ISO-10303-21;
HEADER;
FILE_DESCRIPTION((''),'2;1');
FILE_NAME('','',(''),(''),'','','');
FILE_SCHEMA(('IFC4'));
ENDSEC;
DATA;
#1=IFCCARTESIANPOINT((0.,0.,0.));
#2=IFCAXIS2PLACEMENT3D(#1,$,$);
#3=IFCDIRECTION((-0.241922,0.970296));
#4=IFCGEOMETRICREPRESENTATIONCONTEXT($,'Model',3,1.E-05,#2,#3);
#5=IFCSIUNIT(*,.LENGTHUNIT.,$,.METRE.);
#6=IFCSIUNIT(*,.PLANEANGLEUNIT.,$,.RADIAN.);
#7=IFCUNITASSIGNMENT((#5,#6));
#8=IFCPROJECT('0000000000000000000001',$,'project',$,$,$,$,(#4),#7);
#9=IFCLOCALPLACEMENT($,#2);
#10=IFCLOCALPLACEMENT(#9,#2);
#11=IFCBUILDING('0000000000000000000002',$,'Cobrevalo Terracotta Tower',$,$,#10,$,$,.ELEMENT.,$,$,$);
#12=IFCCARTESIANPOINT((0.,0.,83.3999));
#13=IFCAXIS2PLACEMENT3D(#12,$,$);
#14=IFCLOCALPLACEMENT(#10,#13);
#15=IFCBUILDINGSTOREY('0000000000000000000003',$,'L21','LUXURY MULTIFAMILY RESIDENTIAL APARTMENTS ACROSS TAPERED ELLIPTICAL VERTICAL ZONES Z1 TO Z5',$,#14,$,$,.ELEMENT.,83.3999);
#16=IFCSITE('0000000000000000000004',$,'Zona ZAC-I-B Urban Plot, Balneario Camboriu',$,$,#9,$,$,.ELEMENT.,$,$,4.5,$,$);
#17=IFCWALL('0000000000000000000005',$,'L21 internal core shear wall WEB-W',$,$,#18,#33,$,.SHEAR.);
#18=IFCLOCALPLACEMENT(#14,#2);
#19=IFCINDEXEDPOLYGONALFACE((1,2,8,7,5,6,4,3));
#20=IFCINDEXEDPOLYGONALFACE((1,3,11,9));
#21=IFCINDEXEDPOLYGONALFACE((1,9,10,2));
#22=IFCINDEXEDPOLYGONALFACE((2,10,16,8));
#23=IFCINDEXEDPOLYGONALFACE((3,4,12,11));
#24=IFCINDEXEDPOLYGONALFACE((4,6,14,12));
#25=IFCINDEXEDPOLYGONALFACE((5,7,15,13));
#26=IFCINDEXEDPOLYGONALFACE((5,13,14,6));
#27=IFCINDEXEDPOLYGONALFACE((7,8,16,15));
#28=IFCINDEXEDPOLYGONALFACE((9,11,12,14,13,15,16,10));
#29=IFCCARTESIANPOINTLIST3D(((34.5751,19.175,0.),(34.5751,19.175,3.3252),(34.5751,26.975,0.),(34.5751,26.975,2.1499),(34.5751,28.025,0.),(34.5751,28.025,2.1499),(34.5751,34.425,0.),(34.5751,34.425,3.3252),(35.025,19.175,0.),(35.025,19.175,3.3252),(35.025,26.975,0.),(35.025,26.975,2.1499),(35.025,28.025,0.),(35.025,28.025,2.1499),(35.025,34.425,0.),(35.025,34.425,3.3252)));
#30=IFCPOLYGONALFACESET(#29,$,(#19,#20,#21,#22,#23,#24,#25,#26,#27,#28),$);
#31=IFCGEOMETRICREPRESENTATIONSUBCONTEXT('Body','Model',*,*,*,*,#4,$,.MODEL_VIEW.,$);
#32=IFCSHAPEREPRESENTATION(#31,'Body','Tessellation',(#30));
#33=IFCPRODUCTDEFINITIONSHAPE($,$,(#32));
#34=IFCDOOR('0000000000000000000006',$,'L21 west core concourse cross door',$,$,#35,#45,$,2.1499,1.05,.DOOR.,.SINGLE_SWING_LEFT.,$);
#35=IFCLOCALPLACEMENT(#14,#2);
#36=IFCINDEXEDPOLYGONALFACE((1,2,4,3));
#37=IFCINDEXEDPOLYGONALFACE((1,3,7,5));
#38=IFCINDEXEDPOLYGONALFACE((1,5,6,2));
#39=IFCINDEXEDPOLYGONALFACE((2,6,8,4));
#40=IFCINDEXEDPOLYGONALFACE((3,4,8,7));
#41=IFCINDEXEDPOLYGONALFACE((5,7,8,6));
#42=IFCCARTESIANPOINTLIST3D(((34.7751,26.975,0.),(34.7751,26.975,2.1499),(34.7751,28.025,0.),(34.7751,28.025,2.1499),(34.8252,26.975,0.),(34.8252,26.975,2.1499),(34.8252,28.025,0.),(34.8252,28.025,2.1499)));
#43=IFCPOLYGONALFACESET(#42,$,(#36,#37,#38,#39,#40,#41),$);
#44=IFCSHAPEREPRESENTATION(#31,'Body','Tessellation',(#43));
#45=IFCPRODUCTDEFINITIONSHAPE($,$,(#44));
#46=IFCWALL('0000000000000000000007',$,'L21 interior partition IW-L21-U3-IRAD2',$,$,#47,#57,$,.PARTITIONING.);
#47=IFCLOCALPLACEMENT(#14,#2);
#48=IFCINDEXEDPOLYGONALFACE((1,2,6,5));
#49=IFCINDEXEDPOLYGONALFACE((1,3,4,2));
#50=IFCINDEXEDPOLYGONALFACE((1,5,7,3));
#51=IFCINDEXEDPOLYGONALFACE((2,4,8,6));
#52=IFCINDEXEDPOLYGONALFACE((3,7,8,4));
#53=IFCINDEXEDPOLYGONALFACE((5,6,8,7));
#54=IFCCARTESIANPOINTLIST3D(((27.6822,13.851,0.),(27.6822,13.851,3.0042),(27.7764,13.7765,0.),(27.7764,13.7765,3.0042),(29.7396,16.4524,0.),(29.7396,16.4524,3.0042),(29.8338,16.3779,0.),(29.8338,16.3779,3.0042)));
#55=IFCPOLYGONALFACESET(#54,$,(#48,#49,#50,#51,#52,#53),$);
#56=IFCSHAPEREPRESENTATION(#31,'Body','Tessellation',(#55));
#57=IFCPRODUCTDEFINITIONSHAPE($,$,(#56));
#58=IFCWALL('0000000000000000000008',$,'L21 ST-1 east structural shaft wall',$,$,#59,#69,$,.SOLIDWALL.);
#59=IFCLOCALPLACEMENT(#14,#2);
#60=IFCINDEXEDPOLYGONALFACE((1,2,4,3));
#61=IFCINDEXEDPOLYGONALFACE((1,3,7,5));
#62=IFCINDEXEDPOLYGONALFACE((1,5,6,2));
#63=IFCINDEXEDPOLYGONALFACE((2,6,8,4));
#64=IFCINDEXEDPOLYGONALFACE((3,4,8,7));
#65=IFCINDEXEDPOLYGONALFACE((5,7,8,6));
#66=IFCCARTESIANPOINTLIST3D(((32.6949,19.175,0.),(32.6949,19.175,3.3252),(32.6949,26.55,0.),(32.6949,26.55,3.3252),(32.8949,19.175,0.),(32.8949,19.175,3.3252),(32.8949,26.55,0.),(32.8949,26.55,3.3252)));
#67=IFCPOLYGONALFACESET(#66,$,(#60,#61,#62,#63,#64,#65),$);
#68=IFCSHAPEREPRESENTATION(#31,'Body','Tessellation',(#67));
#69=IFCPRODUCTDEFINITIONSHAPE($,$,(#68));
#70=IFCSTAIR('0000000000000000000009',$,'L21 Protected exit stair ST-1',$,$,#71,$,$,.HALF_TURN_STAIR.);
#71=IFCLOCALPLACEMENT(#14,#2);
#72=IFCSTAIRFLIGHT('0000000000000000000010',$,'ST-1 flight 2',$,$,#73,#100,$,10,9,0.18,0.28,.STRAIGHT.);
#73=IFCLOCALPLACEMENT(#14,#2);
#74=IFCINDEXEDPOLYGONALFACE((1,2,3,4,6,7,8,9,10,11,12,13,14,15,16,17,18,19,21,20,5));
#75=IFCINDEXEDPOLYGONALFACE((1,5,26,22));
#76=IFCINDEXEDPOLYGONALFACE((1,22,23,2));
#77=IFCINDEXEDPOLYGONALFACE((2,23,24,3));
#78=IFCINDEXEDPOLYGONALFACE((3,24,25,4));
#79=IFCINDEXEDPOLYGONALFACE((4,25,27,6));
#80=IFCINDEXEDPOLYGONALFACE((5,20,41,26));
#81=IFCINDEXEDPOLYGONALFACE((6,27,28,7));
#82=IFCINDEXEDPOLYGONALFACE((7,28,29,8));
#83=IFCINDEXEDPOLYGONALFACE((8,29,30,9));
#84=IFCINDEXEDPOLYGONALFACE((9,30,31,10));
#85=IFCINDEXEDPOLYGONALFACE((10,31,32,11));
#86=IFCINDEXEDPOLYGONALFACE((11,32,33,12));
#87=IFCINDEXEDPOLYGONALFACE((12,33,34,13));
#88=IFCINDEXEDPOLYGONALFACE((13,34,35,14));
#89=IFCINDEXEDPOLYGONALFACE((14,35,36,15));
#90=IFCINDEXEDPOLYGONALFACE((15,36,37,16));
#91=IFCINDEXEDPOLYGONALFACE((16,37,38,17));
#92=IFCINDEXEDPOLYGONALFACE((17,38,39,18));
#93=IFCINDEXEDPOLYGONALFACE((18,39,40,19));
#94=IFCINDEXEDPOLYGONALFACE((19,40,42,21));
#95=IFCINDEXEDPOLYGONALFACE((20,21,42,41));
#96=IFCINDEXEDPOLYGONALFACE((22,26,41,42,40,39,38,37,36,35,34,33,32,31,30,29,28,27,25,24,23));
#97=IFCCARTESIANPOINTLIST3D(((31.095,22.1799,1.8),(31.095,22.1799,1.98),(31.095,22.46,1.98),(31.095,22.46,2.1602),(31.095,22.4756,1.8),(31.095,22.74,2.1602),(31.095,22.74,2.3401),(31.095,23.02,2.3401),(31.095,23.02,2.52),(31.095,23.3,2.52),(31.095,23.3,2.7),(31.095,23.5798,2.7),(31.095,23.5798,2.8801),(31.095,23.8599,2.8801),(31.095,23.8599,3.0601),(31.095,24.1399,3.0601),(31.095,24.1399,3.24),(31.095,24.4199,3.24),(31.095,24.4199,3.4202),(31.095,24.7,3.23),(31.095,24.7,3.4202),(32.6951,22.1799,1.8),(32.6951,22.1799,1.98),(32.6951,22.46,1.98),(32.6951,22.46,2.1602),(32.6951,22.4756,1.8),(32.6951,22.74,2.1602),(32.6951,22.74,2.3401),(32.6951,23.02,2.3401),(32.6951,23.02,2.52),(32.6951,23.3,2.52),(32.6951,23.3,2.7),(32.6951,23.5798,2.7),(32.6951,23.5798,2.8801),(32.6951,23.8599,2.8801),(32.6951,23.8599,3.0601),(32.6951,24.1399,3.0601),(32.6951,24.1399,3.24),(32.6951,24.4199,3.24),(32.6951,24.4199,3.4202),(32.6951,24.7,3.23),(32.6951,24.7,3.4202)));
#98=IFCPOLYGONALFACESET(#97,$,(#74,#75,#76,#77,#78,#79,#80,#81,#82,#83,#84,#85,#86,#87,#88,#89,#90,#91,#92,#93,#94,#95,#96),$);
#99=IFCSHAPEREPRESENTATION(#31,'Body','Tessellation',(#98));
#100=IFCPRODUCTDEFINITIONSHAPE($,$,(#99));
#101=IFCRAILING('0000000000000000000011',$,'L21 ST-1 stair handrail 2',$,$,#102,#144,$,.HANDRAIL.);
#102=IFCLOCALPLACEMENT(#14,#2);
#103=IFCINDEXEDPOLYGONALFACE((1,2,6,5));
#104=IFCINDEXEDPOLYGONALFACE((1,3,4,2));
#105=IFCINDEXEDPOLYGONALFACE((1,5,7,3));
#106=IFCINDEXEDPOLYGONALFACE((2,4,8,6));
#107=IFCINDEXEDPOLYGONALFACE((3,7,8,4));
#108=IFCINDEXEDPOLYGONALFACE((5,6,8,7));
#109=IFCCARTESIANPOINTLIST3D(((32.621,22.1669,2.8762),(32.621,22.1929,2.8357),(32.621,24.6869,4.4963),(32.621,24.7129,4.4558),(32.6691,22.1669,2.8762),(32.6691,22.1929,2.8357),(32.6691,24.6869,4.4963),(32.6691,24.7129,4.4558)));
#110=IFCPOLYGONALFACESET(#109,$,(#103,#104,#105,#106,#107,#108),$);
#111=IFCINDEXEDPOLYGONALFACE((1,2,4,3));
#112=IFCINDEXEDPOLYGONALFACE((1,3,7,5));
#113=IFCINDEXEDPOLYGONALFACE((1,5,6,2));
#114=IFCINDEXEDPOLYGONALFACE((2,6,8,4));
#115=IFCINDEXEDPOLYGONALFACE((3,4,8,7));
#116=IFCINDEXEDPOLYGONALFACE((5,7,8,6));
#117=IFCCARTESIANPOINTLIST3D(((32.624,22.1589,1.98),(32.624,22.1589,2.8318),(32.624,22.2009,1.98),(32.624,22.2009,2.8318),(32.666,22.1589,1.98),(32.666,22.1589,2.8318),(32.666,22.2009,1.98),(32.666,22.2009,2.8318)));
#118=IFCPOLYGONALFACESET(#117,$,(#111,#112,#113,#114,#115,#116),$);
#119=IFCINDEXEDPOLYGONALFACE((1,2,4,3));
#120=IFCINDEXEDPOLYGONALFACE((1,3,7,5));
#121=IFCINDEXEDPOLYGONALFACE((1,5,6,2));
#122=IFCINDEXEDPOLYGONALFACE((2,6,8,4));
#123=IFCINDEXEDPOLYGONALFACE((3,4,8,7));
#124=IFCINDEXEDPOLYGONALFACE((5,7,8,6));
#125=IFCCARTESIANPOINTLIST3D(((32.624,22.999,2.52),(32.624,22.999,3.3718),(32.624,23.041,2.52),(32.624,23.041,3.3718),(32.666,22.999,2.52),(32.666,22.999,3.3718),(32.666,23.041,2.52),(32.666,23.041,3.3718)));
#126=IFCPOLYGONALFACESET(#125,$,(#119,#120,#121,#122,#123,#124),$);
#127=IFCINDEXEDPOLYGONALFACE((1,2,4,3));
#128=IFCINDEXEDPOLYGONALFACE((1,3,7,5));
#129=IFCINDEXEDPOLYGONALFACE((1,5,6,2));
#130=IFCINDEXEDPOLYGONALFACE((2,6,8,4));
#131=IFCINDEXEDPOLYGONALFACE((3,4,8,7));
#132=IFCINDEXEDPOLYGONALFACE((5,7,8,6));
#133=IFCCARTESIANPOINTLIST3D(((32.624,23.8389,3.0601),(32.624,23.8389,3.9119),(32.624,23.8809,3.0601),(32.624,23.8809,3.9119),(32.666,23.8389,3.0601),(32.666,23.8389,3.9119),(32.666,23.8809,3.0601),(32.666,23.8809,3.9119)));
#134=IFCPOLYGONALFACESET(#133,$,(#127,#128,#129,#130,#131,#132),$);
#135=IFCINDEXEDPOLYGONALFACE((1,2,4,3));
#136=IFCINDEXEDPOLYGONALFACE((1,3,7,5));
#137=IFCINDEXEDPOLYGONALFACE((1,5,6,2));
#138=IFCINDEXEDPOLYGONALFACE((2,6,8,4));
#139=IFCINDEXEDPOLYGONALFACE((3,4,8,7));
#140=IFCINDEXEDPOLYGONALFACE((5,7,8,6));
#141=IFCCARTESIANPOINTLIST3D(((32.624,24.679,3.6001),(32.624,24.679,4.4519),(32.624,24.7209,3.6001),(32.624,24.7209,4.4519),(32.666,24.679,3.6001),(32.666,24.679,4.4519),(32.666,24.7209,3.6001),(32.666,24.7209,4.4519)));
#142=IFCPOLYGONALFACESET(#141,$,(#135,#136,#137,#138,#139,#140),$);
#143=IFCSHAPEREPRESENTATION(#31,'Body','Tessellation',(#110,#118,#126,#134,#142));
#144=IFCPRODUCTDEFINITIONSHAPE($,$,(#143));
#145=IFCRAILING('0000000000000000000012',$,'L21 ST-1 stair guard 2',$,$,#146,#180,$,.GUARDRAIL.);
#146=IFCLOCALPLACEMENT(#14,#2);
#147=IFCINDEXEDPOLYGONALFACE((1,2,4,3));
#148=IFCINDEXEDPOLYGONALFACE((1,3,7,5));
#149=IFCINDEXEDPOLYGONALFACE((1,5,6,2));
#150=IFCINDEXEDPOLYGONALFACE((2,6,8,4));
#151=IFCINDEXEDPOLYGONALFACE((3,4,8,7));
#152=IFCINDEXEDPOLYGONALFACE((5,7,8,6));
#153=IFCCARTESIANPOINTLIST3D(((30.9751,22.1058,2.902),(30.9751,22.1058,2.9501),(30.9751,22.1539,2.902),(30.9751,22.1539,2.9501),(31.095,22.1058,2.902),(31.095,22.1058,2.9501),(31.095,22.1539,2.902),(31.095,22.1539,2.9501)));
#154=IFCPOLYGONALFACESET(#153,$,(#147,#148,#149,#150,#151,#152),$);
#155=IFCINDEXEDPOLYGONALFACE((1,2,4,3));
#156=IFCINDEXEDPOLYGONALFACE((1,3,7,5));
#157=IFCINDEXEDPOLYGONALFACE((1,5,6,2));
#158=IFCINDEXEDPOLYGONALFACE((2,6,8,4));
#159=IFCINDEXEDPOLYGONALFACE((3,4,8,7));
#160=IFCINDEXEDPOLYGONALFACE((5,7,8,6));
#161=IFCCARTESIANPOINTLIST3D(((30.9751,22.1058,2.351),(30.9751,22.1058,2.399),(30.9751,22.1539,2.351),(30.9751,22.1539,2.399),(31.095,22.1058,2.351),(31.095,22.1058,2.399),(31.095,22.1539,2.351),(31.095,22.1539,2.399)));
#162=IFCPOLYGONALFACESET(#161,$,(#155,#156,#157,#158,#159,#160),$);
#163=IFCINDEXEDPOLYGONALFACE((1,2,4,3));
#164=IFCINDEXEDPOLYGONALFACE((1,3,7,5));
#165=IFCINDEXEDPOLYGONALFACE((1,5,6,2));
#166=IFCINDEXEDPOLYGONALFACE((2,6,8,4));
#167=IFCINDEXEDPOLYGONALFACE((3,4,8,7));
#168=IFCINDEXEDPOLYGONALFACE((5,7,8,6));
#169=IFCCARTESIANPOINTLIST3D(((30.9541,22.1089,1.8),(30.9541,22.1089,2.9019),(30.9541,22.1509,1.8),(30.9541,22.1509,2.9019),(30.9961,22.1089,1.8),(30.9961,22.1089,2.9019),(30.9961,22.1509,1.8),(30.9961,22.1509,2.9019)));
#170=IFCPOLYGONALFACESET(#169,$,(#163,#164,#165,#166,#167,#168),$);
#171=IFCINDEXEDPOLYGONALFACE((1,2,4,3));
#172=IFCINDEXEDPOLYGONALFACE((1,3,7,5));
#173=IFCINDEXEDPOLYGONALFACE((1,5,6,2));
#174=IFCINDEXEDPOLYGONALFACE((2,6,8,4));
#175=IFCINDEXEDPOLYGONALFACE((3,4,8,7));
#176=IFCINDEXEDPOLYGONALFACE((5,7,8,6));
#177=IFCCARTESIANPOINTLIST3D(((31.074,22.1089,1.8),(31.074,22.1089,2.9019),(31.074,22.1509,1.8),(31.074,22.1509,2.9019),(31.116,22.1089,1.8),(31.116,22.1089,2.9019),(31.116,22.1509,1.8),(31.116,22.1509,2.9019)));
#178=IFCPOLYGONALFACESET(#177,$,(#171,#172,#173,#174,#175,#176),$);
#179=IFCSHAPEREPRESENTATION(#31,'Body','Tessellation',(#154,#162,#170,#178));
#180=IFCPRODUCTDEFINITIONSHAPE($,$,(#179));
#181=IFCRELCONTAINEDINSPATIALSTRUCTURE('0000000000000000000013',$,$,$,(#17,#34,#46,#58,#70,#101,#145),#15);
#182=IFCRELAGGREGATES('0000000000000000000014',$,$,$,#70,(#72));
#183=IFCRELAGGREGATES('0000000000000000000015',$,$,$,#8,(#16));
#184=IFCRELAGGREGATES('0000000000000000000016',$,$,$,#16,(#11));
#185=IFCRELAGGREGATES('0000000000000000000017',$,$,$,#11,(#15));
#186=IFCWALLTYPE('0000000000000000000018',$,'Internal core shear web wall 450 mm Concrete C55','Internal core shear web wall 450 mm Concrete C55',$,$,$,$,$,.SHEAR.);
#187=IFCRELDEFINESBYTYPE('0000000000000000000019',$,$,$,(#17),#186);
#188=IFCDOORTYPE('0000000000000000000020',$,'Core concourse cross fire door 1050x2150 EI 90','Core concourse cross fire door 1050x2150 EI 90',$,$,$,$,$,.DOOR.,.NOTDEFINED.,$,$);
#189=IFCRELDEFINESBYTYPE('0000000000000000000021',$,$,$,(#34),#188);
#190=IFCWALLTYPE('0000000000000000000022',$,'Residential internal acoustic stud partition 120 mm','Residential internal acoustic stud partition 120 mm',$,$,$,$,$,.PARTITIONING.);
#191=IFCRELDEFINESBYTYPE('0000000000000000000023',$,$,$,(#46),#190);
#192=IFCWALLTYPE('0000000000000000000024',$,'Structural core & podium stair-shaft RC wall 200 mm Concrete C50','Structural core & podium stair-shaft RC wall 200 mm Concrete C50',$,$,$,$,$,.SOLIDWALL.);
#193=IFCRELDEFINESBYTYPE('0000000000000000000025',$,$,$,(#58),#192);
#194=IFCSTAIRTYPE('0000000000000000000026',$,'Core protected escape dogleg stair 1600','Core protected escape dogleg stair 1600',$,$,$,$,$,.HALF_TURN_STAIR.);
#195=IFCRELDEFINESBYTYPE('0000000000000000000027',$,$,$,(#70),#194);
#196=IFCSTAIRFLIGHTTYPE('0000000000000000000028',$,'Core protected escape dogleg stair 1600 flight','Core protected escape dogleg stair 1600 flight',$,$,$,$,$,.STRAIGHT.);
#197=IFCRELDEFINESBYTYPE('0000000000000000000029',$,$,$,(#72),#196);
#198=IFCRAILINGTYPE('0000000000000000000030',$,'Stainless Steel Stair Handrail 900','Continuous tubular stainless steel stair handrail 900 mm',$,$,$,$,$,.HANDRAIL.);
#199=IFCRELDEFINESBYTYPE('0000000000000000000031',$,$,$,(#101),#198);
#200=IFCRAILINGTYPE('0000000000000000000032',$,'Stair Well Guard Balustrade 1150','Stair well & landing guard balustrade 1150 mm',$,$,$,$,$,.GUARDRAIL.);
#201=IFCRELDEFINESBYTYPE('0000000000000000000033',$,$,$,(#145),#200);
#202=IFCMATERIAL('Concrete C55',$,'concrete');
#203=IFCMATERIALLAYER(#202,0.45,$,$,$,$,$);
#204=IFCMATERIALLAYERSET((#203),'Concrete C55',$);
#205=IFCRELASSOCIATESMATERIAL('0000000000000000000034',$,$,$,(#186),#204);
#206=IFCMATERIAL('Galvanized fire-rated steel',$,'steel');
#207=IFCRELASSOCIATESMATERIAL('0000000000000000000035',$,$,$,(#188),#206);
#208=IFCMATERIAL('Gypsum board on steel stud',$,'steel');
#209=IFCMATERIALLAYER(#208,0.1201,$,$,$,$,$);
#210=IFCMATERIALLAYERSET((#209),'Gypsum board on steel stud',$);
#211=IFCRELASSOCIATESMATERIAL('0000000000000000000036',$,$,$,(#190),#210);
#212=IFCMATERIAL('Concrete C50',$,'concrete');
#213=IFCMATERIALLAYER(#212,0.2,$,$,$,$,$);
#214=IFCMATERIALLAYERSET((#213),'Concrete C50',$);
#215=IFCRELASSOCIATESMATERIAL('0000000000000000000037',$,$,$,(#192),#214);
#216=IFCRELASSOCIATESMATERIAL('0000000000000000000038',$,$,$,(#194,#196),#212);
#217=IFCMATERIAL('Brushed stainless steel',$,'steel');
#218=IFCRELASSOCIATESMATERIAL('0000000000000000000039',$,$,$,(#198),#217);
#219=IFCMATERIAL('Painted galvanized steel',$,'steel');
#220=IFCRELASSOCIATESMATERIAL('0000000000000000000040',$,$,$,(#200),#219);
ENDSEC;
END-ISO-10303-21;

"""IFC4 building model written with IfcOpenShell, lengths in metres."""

from ifc_helpers import new_model, si_unit, direction, frame, frame_2d, origin, origin_2d, place, context, subcontext, project, spatial, polyline, rectangle, outline, extrude, source, transform, mapped, material, layer, layer_set, type_object, element, fill, aggregate, save


model = new_model("IFC4")

# Units and contexts
model_context = context("Model", 3, precision=1e-05, world=origin(), true_north=direction((-0.241922, 0.970296)))
body_context = subcontext(model_context, "Body", "Model", "MODEL_VIEW")
ifc_project = project(units=[si_unit("LENGTHUNIT", "METRE"), si_unit("PLANEANGLEUNIT", "RADIAN")], contexts=[model_context])

# Site, building, storey
site_placement = place(None, origin())
site = spatial("IfcSite", under=ifc_project, at=site_placement, Name="Zona ZAC-I-B Urban Plot, Balneario Camboriu", CompositionType="ELEMENT", RefElevation=4.5)
building_placement = place(site_placement, origin())
building = spatial("IfcBuilding", under=site, at=building_placement, Name="Cobrevalo Terracotta Tower", CompositionType="ELEMENT")
storey_placement = place(building_placement, frame((0.0, 0.0, 83.3999)))
storey = spatial("IfcBuildingStorey", under=building, at=storey_placement, Name="L21", Description="LUXURY MULTIFAMILY RESIDENTIAL APARTMENTS ACROSS TAPERED ELLIPTICAL VERTICAL ZONES Z1 TO Z5", CompositionType="ELEMENT", Elevation=83.3999)

# Shared definitions
ifc_material_1 = material(Name="Concrete C55", Category="concrete")

# Shared definitions
ifc_material_2 = material(Name="Galvanized fire-rated steel", Category="steel")

# Shared definitions
ifc_material_3 = material(Name="Gypsum board on steel stud", Category="steel")

# Wall, opening, door
ifc_layer_1 = layer(ifc_material_1, 0.45)
ifc_layer_set_1 = layer_set([ifc_layer_1], Name="Concrete C55")
wall_type_1 = type_object("IfcWallType", Name="Internal core shear web wall 450 mm Concrete C55", Description="Internal core shear web wall 450 mm Concrete C55", PredefinedType="SHEAR", material=ifc_layer_set_1)
wall_1_placement = place(storey_placement, frame((34.8, 19.175, 0.0), z_axis=(0.0, 0.0, 1.0), x_axis=(0.0, 1.0, 0.0)))
wall_1 = element("IfcWall", 1, at=wall_1_placement, inside=storey, type_object=wall_type_1, Name="L21 internal core shear wall WEB-W", PredefinedType="SHEAR", context=body_context, shape_type="SweptSolid", body=[
    extrude(rectangle(XDim=15.25, YDim=0.45, at=frame_2d((7.625, 0.0))), origin(), (0.0, 0.0, 1.0), 3.3252),
])
opening_1_placement = place(wall_1_placement, frame((7.8, 0.0, 0.0)))
opening_1 = element("IfcOpeningElement", 2, at=opening_1_placement, cuts=wall_1, PredefinedType="OPENING", context=body_context, shape_type="SweptSolid", body=[
    extrude(rectangle(XDim=1.05, YDim=2.1499, at=frame_2d((0.5249, 1.075))), frame((0.0, 0.2349, 0.0), z_axis=(0.0, -1.0, 0.0), x_axis=(1.0, 0.0, 0.0)), (0.0, 0.0, 1.0), 0.47),
])
door_type_1 = type_object("IfcDoorType", Name="Core concourse cross fire door 1050x2150 EI 90", Description="Core concourse cross fire door 1050x2150 EI 90", OperationType="NOTDEFINED", PredefinedType="DOOR", material=ifc_material_2)
shared_shape_1 = source(origin(), body_context, "Body", "SweptSolid", [
    extrude(rectangle(XDim=1.05, YDim=2.1499, at=frame_2d((0.5249, 1.075))), frame((0.0, 0.0249, 0.0), z_axis=(0.0, -1.0, 0.0), x_axis=(1.0, 0.0, 0.0)), (0.0, 0.0, 1.0), 0.05),
])
door_1_placement = place(opening_1_placement, origin())
door_1 = element("IfcDoor", 3, at=door_1_placement, inside=storey, type_object=door_type_1, Name="L21 west core concourse cross door", OperationType="SINGLE_SWING_LEFT", OverallHeight=2.1499, OverallWidth=1.05, PredefinedType="DOOR", context=body_context, shape_type="MappedRepresentation", body=[
    mapped(shared_shape_1, transform((0.0, 0.0, 0.0), scale=1.0)),
])
fill(opening_1, door_1)
ifc_layer_2 = layer(ifc_material_3, 0.1201)
ifc_layer_set_2 = layer_set([ifc_layer_2], Name="Gypsum board on steel stud")
wall_type_2 = type_object("IfcWallType", Name="Residential internal acoustic stud partition 120 mm", Description="Residential internal acoustic stud partition 120 mm", PredefinedType="PARTITIONING", material=ifc_layer_set_2)

# Wall
wall_2_placement = place(storey_placement, frame((29.7866, 16.415, 0.0), z_axis=(0.0, 0.0, 1.0), x_axis=(-0.620331, -0.78434, 0.0)))
element("IfcWall", 4, at=wall_2_placement, inside=storey, type_object=wall_type_2, Name="L21 interior partition IW-L21-U3-IRAD2", PredefinedType="PARTITIONING", context=body_context, shape_type="SweptSolid", body=[
    extrude(rectangle(XDim=3.3167, YDim=0.1201, at=frame_2d((1.6582, 0.0))), origin(), (0.0, 0.0, 1.0), 3.0042),
])

# Wall
ifc_material_4 = material(Name="Concrete C50", Category="concrete")
ifc_layer_3 = layer(ifc_material_4, 0.2)
ifc_layer_set_3 = layer_set([ifc_layer_3], Name="Concrete C50")
wall_type_3 = type_object("IfcWallType", Name="Structural core & podium stair-shaft RC wall 200 mm Concrete C50", Description="Structural core & podium stair-shaft RC wall 200 mm Concrete C50", PredefinedType="SOLIDWALL", material=ifc_layer_set_3)
wall_3_placement = place(storey_placement, frame((32.7949, 19.175, 0.0), z_axis=(0.0, 0.0, 1.0), x_axis=(0.0, 1.0, 0.0)))
element("IfcWall", 5, at=wall_3_placement, inside=storey, type_object=wall_type_3, Name="L21 ST-1 east structural shaft wall", PredefinedType="SOLIDWALL", context=body_context, shape_type="SweptSolid", body=[
    extrude(rectangle(XDim=7.375, YDim=0.2, at=frame_2d((3.6875, 0.0))), origin(), (0.0, 0.0, 1.0), 3.3252),
])

# Stair, stair flight
stair_type = type_object("IfcStairType", Name="Core protected escape dogleg stair 1600", Description="Core protected escape dogleg stair 1600", PredefinedType="HALF_TURN_STAIR", material=ifc_material_4)
stair_placement = place(storey_placement, origin())
stair = element("IfcStair", 6, at=stair_placement, inside=storey, type_object=stair_type, Name="L21 Protected exit stair ST-1", PredefinedType="HALF_TURN_STAIR")
stair_flight_type = type_object("IfcStairFlightType", Name="Core protected escape dogleg stair 1600 flight", Description="Core protected escape dogleg stair 1600 flight", PredefinedType="STRAIGHT", material=ifc_material_4)
stair_flight_placement = place(storey_placement, frame((31.895, 22.1799, 1.8), z_axis=(0.0, 0.0, 1.0), x_axis=(0.0, 1.0, 0.0)))
stair_flight = element("IfcStairFlight", 7, at=stair_flight_placement, type_object=stair_flight_type, Name="ST-1 flight 2", NumberOfRisers=10, NumberOfTreads=9, PredefinedType="STRAIGHT", RiserHeight=0.18, TreadLength=0.28, context=body_context, shape_type="SweptSolid", body=[
    extrude(outline(polyline([(0.0, 0.0), (0.0, 0.1799), (0.28, 0.1799), (0.28, 0.3601), (0.5601, 0.3601), (0.5601, 0.54), (0.8401, 0.54), (0.8401, 0.72), (1.1201, 0.72), (1.1201, 0.8999), (1.3999, 0.8999), (1.3999, 1.0801), (1.6799, 1.0801), (1.6799, 1.26), (1.96, 1.26), (1.96, 1.4399), (2.24, 1.4399), (2.24, 1.6201), (2.52, 1.6201), (2.52, 1.8), (2.52, 1.4299), (0.2957, 0.0), (0.0, 0.0)])), frame((0.0, 0.8, 0.0), z_axis=(0.0, -1.0, 0.0), x_axis=(1.0, 0.0, 0.0)), (0.0, 0.0, 1.0), 1.6001),
])
aggregate(stair, [stair_flight])

# Railings
ifc_material_5 = material(Name="Brushed stainless steel", Category="steel")
railing_type_1 = type_object("IfcRailingType", Name="Stainless Steel Stair Handrail 900", Description="Continuous tubular stainless steel stair handrail 900 mm", PredefinedType="HANDRAIL", material=ifc_material_5)
railing_1_placement = place(storey_placement, frame((32.645, 22.1799, 1.98)))
element("IfcRailing", 8, at=railing_1_placement, inside=storey, type_object=railing_type_1, Name="L21 ST-1 stair handrail 2", PredefinedType="HANDRAIL", context=body_context, shape_type="SweptSolid", body=[
    extrude(rectangle(XDim=0.0481, YDim=0.0481, at=origin_2d()), frame((0.0, 0.0, 0.876), z_axis=(0.0, 0.841163, 0.540782), x_axis=(-1.0, 0.0, 0.0)), (0.0, 0.0, 1.0), 2.9958),
    extrude(rectangle(XDim=0.042, YDim=0.042, at=origin_2d()), origin(), (0.0, 0.0, 1.0), 0.8518),
    extrude(rectangle(XDim=0.042, YDim=0.042, at=origin_2d()), frame((0.0, 0.8401, 0.54)), (0.0, 0.0, 1.0), 0.8518),
    extrude(rectangle(XDim=0.042, YDim=0.042, at=origin_2d()), frame((0.0, 1.6799, 1.0801)), (0.0, 0.0, 1.0), 0.8518),
    extrude(rectangle(XDim=0.042, YDim=0.042, at=origin_2d()), frame((0.0, 2.52, 1.6201)), (0.0, 0.0, 1.0), 0.8518),
])
ifc_material_6 = material(Name="Painted galvanized steel", Category="steel")
railing_type_2 = type_object("IfcRailingType", Name="Stair Well Guard Balustrade 1150", Description="Stair well & landing guard balustrade 1150 mm", PredefinedType="GUARDRAIL", material=ifc_material_6)
railing_2_placement = place(storey_placement, frame((30.9751, 22.1299, 1.8)))
element("IfcRailing", 9, at=railing_2_placement, inside=storey, type_object=railing_type_2, Name="L21 ST-1 stair guard 2", PredefinedType="GUARDRAIL", context=body_context, shape_type="SweptSolid", body=[
    extrude(rectangle(XDim=0.0481, YDim=0.0481, at=origin_2d()), frame((0.0, 0.0, 1.126), z_axis=(1.0, 0.0, 0.0), x_axis=(0.0, 1.0, 0.0)), (0.0, 0.0, 1.0), 0.1199),
    extrude(rectangle(XDim=0.0481, YDim=0.0481, at=origin_2d()), frame((0.0, 0.0, 0.575), z_axis=(1.0, 0.0, 0.0), x_axis=(0.0, 1.0, 0.0)), (0.0, 0.0, 1.0), 0.1199),
    extrude(rectangle(XDim=0.042, YDim=0.042, at=origin_2d()), origin(), (0.0, 0.0, 1.0), 1.1018),
    extrude(rectangle(XDim=0.042, YDim=0.042, at=origin_2d()), frame((0.1199, 0.0, 0.0)), (0.0, 0.0, 1.0), 1.1018),
])

save(model, "model.ifc")
